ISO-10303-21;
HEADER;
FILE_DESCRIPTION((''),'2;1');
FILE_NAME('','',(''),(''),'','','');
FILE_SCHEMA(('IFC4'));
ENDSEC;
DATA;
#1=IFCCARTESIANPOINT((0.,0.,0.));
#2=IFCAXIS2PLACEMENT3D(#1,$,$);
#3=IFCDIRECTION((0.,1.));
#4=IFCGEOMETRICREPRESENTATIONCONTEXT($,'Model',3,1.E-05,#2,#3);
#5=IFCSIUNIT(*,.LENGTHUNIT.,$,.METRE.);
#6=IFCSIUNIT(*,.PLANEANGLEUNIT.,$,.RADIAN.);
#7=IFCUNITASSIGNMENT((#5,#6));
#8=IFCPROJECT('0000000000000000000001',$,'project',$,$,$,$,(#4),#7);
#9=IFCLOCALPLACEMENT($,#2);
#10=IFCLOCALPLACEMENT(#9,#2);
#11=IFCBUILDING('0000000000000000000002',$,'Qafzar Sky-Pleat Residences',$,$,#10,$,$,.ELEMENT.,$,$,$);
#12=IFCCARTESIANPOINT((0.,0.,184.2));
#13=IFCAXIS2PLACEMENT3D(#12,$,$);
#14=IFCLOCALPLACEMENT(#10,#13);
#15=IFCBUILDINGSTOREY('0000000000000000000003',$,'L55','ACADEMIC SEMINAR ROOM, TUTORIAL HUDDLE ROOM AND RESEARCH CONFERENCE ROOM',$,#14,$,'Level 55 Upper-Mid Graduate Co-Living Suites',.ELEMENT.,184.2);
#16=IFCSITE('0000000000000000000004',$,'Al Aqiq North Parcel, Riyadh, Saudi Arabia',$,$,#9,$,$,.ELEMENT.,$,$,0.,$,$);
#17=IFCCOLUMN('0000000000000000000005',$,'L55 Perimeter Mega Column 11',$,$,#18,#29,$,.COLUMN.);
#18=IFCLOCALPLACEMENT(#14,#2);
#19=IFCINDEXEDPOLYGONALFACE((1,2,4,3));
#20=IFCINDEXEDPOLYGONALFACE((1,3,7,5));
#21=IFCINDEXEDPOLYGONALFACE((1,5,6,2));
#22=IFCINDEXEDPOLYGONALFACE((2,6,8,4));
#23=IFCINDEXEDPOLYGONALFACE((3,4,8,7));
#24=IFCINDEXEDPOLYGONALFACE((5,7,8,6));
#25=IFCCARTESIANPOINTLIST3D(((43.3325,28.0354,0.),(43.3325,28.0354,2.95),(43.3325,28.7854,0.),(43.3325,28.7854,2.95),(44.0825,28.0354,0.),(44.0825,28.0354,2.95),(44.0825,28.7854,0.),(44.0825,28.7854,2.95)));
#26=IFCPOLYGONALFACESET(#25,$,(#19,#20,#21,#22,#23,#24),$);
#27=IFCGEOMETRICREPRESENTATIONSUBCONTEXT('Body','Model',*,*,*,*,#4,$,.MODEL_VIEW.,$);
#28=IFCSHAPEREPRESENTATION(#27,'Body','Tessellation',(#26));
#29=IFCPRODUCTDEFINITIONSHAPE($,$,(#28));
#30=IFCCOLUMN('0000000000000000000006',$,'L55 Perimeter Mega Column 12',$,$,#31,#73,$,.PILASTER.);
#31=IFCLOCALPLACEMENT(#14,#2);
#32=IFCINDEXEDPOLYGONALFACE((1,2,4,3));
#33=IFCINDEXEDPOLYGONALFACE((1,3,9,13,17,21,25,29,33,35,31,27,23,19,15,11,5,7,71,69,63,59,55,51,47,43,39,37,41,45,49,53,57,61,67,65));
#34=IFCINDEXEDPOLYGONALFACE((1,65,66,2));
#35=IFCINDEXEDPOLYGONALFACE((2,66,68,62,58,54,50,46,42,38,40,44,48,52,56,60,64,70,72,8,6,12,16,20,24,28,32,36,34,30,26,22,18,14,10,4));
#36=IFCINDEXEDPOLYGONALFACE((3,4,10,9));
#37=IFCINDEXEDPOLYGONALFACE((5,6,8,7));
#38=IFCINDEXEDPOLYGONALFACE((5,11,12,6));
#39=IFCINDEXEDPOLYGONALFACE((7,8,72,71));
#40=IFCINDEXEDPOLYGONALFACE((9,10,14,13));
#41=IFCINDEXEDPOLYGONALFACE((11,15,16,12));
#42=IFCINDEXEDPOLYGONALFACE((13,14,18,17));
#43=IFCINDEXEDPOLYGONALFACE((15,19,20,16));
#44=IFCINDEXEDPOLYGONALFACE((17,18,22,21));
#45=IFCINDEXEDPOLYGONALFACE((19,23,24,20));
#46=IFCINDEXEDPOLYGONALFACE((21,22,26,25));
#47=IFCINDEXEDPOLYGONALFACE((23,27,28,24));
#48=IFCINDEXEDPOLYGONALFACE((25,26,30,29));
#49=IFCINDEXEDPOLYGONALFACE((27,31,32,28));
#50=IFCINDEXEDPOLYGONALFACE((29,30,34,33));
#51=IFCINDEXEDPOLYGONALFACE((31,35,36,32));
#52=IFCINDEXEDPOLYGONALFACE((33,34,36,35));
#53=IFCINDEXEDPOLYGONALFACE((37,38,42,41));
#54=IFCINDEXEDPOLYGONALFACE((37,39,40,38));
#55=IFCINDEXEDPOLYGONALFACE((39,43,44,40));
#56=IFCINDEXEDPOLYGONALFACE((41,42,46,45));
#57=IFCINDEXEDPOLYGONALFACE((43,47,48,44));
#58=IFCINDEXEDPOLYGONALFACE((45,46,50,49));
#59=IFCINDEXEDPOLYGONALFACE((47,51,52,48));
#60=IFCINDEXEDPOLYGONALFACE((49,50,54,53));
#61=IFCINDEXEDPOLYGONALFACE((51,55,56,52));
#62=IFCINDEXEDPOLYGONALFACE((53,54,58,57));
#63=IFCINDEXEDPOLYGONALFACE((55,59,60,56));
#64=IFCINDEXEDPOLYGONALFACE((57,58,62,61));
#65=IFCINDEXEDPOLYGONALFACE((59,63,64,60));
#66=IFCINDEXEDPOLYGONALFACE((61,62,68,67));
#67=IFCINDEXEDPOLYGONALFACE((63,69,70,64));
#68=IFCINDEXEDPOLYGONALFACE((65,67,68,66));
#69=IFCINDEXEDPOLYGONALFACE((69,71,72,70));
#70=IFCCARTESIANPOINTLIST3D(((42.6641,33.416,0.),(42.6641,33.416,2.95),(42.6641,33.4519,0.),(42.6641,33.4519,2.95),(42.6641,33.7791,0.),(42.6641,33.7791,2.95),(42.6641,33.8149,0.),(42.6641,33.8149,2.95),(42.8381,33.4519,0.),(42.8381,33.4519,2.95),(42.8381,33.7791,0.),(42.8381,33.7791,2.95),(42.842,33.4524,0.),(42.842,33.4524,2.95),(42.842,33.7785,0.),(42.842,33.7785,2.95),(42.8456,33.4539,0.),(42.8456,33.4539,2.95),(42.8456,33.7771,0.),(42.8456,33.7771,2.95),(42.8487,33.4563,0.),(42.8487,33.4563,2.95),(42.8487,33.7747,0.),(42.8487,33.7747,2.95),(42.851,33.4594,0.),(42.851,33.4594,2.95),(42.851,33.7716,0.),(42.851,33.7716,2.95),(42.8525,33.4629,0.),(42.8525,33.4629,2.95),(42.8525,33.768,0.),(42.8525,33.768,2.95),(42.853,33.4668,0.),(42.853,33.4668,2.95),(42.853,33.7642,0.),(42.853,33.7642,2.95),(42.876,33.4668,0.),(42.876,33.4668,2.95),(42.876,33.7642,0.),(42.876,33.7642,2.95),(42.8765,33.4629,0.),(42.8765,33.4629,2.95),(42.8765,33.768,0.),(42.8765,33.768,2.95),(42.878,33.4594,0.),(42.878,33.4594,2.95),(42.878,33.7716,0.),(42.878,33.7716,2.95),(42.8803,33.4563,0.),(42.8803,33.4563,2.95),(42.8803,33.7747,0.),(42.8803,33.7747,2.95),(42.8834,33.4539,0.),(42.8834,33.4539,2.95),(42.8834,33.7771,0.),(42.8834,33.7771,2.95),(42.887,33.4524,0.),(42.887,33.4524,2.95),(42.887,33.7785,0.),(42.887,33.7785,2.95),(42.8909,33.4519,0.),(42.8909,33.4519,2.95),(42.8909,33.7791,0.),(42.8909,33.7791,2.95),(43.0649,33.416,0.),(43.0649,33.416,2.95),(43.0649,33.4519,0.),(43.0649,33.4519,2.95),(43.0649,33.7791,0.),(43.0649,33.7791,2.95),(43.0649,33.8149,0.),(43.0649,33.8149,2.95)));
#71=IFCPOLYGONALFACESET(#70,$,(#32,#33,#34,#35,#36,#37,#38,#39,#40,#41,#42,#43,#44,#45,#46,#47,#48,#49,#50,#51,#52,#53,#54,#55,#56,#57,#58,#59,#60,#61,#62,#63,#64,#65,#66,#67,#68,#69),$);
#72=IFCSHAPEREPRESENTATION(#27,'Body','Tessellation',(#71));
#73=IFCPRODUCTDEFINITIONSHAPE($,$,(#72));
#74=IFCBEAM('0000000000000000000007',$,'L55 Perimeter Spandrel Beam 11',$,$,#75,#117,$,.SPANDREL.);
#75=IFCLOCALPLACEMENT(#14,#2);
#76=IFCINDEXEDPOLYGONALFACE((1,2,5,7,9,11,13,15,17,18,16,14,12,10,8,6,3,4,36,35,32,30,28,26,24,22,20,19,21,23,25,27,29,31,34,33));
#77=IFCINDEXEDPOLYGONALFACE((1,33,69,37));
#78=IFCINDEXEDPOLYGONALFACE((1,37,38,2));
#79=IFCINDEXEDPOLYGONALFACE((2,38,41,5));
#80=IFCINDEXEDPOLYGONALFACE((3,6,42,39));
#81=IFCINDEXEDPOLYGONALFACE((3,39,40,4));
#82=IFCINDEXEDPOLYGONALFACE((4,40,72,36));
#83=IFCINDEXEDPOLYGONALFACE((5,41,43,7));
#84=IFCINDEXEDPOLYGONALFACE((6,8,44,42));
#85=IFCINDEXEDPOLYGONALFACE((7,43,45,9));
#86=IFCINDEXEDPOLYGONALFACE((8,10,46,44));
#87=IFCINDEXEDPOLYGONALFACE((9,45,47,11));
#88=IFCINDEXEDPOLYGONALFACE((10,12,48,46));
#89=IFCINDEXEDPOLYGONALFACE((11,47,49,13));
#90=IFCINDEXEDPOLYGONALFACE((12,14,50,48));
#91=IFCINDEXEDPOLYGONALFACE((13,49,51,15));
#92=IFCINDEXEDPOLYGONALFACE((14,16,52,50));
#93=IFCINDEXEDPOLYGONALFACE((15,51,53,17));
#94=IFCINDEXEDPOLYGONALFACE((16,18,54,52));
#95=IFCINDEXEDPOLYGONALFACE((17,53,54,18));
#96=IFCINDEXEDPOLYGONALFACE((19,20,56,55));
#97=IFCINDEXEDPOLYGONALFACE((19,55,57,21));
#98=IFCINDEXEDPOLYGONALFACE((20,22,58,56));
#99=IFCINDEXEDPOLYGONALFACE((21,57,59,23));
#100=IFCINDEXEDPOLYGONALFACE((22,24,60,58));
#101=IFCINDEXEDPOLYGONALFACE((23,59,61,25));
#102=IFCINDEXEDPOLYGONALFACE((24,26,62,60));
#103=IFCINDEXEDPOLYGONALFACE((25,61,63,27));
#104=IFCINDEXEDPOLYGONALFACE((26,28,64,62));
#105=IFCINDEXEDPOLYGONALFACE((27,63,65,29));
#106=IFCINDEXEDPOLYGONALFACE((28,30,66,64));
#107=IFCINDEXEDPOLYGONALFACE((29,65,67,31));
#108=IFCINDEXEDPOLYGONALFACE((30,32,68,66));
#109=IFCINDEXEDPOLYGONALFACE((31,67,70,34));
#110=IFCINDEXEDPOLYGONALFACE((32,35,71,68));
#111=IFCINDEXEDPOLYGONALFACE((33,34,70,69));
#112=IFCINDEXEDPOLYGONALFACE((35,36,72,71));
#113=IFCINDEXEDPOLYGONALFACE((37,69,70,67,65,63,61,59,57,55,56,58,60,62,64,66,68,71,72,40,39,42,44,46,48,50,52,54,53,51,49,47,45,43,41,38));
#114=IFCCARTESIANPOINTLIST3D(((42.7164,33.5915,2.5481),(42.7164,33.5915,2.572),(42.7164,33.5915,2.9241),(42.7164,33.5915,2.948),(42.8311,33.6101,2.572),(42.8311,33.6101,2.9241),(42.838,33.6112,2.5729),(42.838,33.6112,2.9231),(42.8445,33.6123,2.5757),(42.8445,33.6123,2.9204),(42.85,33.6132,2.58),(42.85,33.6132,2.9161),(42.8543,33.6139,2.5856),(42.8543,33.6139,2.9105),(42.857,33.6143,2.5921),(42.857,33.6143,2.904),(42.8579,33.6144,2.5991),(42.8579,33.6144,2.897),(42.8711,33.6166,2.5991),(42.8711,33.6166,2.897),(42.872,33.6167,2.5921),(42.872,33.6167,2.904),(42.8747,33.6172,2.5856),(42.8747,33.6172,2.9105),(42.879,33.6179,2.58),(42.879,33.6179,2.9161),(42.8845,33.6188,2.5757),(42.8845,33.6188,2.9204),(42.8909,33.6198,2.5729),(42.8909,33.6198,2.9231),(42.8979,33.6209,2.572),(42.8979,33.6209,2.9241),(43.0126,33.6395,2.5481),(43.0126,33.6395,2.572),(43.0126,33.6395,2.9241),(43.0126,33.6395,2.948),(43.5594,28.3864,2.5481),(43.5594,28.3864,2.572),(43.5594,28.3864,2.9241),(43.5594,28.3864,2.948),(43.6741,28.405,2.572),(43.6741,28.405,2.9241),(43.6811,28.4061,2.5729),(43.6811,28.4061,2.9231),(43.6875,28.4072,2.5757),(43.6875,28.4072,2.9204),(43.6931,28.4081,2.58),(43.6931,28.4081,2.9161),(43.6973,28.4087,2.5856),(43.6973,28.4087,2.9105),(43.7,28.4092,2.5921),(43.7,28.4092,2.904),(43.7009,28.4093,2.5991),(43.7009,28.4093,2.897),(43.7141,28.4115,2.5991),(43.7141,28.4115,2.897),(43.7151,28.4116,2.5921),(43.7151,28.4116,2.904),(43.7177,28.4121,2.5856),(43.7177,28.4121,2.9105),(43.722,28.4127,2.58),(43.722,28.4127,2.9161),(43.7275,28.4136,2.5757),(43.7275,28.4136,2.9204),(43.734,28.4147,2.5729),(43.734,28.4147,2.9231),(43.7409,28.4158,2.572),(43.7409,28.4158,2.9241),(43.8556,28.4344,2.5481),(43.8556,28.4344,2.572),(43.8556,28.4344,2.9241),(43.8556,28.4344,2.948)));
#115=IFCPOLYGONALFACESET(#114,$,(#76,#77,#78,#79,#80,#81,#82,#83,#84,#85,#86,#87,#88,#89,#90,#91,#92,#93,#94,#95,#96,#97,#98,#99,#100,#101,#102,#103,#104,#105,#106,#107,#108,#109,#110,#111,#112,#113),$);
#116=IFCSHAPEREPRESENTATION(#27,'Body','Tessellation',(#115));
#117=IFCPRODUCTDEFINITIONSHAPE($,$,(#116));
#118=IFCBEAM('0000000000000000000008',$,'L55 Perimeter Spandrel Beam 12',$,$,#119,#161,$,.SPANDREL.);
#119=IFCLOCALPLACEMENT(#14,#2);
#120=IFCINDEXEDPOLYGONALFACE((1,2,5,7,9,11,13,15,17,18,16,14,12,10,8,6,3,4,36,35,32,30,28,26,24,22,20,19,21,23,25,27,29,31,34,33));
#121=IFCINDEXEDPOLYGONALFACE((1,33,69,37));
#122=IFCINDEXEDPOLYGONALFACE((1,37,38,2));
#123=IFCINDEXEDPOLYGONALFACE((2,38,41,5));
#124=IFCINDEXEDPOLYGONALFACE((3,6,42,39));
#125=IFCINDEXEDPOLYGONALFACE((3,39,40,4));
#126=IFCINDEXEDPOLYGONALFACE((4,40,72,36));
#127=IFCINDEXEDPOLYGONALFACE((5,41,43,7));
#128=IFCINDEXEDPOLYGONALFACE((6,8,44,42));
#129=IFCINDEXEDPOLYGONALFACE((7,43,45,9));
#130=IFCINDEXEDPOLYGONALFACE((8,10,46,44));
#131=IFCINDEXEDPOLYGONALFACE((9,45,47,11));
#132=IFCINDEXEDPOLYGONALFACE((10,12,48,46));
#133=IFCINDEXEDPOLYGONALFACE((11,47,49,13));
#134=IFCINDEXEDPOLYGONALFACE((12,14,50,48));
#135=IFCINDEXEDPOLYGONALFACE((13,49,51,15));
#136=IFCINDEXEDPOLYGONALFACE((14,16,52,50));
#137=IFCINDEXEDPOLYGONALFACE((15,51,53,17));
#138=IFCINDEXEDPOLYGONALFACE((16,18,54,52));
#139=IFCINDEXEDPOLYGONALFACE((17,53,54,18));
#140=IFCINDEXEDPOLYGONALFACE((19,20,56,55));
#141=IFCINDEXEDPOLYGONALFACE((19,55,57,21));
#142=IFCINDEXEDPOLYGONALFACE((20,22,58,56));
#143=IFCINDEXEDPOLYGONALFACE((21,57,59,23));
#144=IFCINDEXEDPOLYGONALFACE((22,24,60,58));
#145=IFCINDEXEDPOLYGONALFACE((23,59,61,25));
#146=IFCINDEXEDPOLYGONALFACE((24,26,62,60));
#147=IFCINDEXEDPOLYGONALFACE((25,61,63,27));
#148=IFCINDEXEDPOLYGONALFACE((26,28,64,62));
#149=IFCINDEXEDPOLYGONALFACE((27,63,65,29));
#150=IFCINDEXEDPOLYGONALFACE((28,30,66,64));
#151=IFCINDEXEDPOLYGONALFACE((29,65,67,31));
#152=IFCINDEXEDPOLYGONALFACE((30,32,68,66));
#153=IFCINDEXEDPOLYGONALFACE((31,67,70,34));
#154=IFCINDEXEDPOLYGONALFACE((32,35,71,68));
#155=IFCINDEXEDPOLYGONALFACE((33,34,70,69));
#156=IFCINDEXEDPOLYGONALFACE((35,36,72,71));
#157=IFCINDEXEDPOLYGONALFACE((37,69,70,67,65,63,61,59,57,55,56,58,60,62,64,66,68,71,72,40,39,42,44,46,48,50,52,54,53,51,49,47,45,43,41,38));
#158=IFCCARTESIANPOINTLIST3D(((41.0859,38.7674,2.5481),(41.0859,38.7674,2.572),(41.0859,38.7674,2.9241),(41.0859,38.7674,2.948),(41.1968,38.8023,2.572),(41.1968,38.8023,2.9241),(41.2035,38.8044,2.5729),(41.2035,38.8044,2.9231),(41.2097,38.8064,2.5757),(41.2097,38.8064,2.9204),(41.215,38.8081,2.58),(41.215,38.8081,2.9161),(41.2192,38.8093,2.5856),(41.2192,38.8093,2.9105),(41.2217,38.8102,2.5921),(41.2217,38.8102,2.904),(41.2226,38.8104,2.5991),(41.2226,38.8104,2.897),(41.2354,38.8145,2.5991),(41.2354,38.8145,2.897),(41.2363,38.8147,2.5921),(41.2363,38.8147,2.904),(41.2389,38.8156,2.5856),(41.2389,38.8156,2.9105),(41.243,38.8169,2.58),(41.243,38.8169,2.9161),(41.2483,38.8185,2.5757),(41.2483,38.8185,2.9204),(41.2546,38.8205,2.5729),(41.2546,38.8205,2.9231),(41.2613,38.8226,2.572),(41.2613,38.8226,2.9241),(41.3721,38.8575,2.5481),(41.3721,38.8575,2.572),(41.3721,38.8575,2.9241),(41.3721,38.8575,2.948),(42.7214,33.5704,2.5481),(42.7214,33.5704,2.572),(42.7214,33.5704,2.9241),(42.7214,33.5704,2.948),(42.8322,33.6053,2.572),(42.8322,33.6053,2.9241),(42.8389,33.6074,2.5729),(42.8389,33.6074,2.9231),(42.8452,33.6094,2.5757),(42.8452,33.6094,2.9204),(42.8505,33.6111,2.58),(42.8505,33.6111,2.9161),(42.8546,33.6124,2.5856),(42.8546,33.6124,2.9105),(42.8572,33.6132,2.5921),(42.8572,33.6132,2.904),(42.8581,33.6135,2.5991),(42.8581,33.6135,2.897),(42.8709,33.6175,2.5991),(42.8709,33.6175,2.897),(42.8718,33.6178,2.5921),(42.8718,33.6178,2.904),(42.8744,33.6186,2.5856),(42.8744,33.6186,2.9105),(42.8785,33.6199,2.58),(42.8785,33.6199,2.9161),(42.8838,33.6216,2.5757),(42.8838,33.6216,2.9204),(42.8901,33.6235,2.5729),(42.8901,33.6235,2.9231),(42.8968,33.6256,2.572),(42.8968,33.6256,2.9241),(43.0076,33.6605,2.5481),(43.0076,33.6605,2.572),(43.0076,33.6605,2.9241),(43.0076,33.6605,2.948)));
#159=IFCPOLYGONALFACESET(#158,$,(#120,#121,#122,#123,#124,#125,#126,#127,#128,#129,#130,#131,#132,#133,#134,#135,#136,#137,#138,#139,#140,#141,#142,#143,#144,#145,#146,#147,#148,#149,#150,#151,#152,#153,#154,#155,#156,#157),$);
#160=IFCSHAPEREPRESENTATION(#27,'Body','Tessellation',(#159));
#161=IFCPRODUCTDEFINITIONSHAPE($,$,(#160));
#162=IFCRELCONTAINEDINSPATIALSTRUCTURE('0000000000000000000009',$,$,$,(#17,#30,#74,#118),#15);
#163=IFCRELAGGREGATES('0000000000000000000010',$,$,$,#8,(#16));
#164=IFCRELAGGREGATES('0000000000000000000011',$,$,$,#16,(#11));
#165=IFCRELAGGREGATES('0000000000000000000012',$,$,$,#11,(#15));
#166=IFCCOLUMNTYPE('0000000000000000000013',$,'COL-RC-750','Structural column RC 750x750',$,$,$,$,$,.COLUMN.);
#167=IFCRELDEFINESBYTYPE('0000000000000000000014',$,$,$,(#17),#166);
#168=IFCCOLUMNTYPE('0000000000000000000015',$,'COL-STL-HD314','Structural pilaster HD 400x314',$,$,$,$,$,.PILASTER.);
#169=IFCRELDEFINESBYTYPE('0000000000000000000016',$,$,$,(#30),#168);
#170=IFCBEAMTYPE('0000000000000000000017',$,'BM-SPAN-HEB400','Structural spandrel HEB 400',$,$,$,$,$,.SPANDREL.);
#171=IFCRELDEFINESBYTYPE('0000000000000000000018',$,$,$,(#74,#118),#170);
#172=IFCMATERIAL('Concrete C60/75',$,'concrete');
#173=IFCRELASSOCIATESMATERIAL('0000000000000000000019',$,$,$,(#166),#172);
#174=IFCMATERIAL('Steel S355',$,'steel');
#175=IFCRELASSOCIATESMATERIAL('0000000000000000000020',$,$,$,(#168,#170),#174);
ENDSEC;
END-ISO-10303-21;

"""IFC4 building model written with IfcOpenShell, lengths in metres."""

from ifc_helpers import new_model, si_unit, direction, frame, origin, origin_2d, place, context, subcontext, project, spatial, rectangle, i_section, extrude, source, transform, mapped, material, material_profile, profile_set, type_object, element, save


model = new_model("IFC4")

# Units and contexts
model_context = context("Model", 3, precision=1e-05, world=origin(), true_north=direction((0.0, 1.0)))
body_context = subcontext(model_context, "Body", "Model", "MODEL_VIEW")
ifc_project = project(units=[si_unit("LENGTHUNIT", "METRE"), si_unit("PLANEANGLEUNIT", "RADIAN")], contexts=[model_context])

# Site, building, storey
site_placement = place(None, origin())
site = spatial("IfcSite", under=ifc_project, at=site_placement, Name="Al Aqiq North Parcel, Riyadh, Saudi Arabia", CompositionType="ELEMENT", RefElevation=0.0)
building_placement = place(site_placement, origin())
building = spatial("IfcBuilding", under=site, at=building_placement, Name="Qafzar Sky-Pleat Residences", CompositionType="ELEMENT")
storey_placement = place(building_placement, frame((0.0, 0.0, 184.2)))
storey = spatial("IfcBuildingStorey", under=building, at=storey_placement, Name="L55", Description="ACADEMIC SEMINAR ROOM, TUTORIAL HUDDLE ROOM AND RESEARCH CONFERENCE ROOM", LongName="Level 55 Upper-Mid Graduate Co-Living Suites", CompositionType="ELEMENT", Elevation=184.2)

# Columns
ifc_material_1 = material(Name="Concrete C60/75", Category="concrete")
ifc_material_profile_1 = material_profile(ifc_material_1, rectangle(XDim=0.75, YDim=0.75, at=origin_2d()), Name="RC 750x750")
ifc_profile_set_1 = profile_set([ifc_material_profile_1], Name="Concrete C60/75")
column_type_1 = type_object("IfcColumnType", Name="COL-RC-750", Description="Structural column RC 750x750", PredefinedType="COLUMN", material=ifc_profile_set_1)
shared_shape_1 = source(origin(), body_context, "Body", "SweptSolid", [
    extrude(rectangle(XDim=0.75, YDim=0.75, at=origin_2d()), origin(), (0.0, 0.0, 1.0), 2.95),
])
column_1_placement = place(storey_placement, frame((43.7075, 28.4104, 0.0), z_axis=(0.0, 0.0, 1.0), x_axis=(1.0, 0.0, 0.0)))
element("IfcColumn", 1, at=column_1_placement, inside=storey, type_object=column_type_1, Name="L55 Perimeter Mega Column 11", PredefinedType="COLUMN", context=body_context, shape_type="MappedRepresentation", body=[
    mapped(shared_shape_1, transform((0.0, 0.0, 0.0), x_axis=(1.0, 0.0, 0.0), y_axis=(0.0, 1.0, 0.0), z_axis=(0.0, 0.0, 1.0), scale=1.0)),
])
ifc_material_2 = material(Name="Steel S355", Category="steel")
ifc_material_profile_2 = material_profile(ifc_material_2, i_section(OverallWidth=0.4009, OverallDepth=0.3989, WebThickness=0.0229, FlangeThickness=0.0359, FilletRadius=0.0149, at=origin_2d()), Name="HD 400x314")
ifc_profile_set_2 = profile_set([ifc_material_profile_2], Name="Steel S355")
column_type_2 = type_object("IfcColumnType", Name="COL-STL-HD314", Description="Structural pilaster HD 400x314", PredefinedType="PILASTER", material=ifc_profile_set_2)
shared_shape_2 = source(origin(), body_context, "Body", "SweptSolid", [
    extrude(i_section(OverallWidth=0.4009, OverallDepth=0.3989, WebThickness=0.0229, FlangeThickness=0.0359, FilletRadius=0.0149, at=origin_2d()), origin(), (0.0, 0.0, 1.0), 2.95),
])
column_2_placement = place(storey_placement, frame((42.8645, 33.6155, 0.0), z_axis=(0.0, 0.0, 1.0), x_axis=(1.0, 0.0, 0.0)))
element("IfcColumn", 2, at=column_2_placement, inside=storey, type_object=column_type_2, Name="L55 Perimeter Mega Column 12", PredefinedType="PILASTER", context=body_context, shape_type="MappedRepresentation", body=[
    mapped(shared_shape_2, transform((0.0, 0.0, 0.0), x_axis=(1.0, 0.0, 0.0), y_axis=(0.0, 1.0, 0.0), z_axis=(0.0, 0.0, 1.0), scale=1.0)),
])

# Beams
ifc_material_profile_3 = material_profile(ifc_material_2, i_section(OverallWidth=0.3, OverallDepth=0.3999, WebThickness=0.0134, FlangeThickness=0.0239, FilletRadius=0.0271, at=origin_2d()), Name="HEB 400")
ifc_profile_set_3 = profile_set([ifc_material_profile_3], Name="Steel S355")
beam_type_1 = type_object("IfcBeamType", Name="BM-SPAN-HEB400", Description="Structural spandrel HEB 400", PredefinedType="SPANDREL", material=ifc_profile_set_3)
shared_shape_3 = source(origin(), body_context, "Body", "SweptSolid", [
    extrude(i_section(OverallWidth=0.3, OverallDepth=0.3999, WebThickness=0.0134, FlangeThickness=0.0239, FilletRadius=0.0271, at=origin_2d()), origin(), (0.0, 0.0, 1.0), 5.2729),
])
beam_1_placement = place(storey_placement, frame((43.7075, 28.4104, 2.748), z_axis=(-0.159877, 0.987137, 0.0), x_axis=(-0.987137, -0.159877, 0.0)))
element("IfcBeam", 3, at=beam_1_placement, inside=storey, type_object=beam_type_1, Name="L55 Perimeter Spandrel Beam 11", PredefinedType="SPANDREL", context=body_context, shape_type="MappedRepresentation", body=[
    mapped(shared_shape_3, transform((0.0, 0.0, 0.0), x_axis=(1.0, 0.0, 0.0), y_axis=(0.0, 1.0, 0.0), z_axis=(0.0, 0.0, 1.0), scale=1.0)),
])
shared_shape_4 = source(origin(), body_context, "Body", "SweptSolid", [
    extrude(i_section(OverallWidth=0.3, OverallDepth=0.3999, WebThickness=0.0134, FlangeThickness=0.0239, FilletRadius=0.0271, at=origin_2d()), origin(), (0.0, 0.0, 1.0), 5.4482),
])
beam_2_placement = place(storey_placement, frame((42.8645, 33.6155, 2.748), z_axis=(-0.300185, 0.953881, 0.0), x_axis=(-0.953881, -0.300185, 0.0)))
element("IfcBeam", 4, at=beam_2_placement, inside=storey, type_object=beam_type_1, Name="L55 Perimeter Spandrel Beam 12", PredefinedType="SPANDREL", context=body_context, shape_type="MappedRepresentation", body=[
    mapped(shared_shape_4, transform((0.0, 0.0, 0.0), x_axis=(1.0, 0.0, 0.0), y_axis=(0.0, 1.0, 0.0), z_axis=(0.0, 0.0, 1.0), scale=1.0)),
])

save(model, "model.ifc")
